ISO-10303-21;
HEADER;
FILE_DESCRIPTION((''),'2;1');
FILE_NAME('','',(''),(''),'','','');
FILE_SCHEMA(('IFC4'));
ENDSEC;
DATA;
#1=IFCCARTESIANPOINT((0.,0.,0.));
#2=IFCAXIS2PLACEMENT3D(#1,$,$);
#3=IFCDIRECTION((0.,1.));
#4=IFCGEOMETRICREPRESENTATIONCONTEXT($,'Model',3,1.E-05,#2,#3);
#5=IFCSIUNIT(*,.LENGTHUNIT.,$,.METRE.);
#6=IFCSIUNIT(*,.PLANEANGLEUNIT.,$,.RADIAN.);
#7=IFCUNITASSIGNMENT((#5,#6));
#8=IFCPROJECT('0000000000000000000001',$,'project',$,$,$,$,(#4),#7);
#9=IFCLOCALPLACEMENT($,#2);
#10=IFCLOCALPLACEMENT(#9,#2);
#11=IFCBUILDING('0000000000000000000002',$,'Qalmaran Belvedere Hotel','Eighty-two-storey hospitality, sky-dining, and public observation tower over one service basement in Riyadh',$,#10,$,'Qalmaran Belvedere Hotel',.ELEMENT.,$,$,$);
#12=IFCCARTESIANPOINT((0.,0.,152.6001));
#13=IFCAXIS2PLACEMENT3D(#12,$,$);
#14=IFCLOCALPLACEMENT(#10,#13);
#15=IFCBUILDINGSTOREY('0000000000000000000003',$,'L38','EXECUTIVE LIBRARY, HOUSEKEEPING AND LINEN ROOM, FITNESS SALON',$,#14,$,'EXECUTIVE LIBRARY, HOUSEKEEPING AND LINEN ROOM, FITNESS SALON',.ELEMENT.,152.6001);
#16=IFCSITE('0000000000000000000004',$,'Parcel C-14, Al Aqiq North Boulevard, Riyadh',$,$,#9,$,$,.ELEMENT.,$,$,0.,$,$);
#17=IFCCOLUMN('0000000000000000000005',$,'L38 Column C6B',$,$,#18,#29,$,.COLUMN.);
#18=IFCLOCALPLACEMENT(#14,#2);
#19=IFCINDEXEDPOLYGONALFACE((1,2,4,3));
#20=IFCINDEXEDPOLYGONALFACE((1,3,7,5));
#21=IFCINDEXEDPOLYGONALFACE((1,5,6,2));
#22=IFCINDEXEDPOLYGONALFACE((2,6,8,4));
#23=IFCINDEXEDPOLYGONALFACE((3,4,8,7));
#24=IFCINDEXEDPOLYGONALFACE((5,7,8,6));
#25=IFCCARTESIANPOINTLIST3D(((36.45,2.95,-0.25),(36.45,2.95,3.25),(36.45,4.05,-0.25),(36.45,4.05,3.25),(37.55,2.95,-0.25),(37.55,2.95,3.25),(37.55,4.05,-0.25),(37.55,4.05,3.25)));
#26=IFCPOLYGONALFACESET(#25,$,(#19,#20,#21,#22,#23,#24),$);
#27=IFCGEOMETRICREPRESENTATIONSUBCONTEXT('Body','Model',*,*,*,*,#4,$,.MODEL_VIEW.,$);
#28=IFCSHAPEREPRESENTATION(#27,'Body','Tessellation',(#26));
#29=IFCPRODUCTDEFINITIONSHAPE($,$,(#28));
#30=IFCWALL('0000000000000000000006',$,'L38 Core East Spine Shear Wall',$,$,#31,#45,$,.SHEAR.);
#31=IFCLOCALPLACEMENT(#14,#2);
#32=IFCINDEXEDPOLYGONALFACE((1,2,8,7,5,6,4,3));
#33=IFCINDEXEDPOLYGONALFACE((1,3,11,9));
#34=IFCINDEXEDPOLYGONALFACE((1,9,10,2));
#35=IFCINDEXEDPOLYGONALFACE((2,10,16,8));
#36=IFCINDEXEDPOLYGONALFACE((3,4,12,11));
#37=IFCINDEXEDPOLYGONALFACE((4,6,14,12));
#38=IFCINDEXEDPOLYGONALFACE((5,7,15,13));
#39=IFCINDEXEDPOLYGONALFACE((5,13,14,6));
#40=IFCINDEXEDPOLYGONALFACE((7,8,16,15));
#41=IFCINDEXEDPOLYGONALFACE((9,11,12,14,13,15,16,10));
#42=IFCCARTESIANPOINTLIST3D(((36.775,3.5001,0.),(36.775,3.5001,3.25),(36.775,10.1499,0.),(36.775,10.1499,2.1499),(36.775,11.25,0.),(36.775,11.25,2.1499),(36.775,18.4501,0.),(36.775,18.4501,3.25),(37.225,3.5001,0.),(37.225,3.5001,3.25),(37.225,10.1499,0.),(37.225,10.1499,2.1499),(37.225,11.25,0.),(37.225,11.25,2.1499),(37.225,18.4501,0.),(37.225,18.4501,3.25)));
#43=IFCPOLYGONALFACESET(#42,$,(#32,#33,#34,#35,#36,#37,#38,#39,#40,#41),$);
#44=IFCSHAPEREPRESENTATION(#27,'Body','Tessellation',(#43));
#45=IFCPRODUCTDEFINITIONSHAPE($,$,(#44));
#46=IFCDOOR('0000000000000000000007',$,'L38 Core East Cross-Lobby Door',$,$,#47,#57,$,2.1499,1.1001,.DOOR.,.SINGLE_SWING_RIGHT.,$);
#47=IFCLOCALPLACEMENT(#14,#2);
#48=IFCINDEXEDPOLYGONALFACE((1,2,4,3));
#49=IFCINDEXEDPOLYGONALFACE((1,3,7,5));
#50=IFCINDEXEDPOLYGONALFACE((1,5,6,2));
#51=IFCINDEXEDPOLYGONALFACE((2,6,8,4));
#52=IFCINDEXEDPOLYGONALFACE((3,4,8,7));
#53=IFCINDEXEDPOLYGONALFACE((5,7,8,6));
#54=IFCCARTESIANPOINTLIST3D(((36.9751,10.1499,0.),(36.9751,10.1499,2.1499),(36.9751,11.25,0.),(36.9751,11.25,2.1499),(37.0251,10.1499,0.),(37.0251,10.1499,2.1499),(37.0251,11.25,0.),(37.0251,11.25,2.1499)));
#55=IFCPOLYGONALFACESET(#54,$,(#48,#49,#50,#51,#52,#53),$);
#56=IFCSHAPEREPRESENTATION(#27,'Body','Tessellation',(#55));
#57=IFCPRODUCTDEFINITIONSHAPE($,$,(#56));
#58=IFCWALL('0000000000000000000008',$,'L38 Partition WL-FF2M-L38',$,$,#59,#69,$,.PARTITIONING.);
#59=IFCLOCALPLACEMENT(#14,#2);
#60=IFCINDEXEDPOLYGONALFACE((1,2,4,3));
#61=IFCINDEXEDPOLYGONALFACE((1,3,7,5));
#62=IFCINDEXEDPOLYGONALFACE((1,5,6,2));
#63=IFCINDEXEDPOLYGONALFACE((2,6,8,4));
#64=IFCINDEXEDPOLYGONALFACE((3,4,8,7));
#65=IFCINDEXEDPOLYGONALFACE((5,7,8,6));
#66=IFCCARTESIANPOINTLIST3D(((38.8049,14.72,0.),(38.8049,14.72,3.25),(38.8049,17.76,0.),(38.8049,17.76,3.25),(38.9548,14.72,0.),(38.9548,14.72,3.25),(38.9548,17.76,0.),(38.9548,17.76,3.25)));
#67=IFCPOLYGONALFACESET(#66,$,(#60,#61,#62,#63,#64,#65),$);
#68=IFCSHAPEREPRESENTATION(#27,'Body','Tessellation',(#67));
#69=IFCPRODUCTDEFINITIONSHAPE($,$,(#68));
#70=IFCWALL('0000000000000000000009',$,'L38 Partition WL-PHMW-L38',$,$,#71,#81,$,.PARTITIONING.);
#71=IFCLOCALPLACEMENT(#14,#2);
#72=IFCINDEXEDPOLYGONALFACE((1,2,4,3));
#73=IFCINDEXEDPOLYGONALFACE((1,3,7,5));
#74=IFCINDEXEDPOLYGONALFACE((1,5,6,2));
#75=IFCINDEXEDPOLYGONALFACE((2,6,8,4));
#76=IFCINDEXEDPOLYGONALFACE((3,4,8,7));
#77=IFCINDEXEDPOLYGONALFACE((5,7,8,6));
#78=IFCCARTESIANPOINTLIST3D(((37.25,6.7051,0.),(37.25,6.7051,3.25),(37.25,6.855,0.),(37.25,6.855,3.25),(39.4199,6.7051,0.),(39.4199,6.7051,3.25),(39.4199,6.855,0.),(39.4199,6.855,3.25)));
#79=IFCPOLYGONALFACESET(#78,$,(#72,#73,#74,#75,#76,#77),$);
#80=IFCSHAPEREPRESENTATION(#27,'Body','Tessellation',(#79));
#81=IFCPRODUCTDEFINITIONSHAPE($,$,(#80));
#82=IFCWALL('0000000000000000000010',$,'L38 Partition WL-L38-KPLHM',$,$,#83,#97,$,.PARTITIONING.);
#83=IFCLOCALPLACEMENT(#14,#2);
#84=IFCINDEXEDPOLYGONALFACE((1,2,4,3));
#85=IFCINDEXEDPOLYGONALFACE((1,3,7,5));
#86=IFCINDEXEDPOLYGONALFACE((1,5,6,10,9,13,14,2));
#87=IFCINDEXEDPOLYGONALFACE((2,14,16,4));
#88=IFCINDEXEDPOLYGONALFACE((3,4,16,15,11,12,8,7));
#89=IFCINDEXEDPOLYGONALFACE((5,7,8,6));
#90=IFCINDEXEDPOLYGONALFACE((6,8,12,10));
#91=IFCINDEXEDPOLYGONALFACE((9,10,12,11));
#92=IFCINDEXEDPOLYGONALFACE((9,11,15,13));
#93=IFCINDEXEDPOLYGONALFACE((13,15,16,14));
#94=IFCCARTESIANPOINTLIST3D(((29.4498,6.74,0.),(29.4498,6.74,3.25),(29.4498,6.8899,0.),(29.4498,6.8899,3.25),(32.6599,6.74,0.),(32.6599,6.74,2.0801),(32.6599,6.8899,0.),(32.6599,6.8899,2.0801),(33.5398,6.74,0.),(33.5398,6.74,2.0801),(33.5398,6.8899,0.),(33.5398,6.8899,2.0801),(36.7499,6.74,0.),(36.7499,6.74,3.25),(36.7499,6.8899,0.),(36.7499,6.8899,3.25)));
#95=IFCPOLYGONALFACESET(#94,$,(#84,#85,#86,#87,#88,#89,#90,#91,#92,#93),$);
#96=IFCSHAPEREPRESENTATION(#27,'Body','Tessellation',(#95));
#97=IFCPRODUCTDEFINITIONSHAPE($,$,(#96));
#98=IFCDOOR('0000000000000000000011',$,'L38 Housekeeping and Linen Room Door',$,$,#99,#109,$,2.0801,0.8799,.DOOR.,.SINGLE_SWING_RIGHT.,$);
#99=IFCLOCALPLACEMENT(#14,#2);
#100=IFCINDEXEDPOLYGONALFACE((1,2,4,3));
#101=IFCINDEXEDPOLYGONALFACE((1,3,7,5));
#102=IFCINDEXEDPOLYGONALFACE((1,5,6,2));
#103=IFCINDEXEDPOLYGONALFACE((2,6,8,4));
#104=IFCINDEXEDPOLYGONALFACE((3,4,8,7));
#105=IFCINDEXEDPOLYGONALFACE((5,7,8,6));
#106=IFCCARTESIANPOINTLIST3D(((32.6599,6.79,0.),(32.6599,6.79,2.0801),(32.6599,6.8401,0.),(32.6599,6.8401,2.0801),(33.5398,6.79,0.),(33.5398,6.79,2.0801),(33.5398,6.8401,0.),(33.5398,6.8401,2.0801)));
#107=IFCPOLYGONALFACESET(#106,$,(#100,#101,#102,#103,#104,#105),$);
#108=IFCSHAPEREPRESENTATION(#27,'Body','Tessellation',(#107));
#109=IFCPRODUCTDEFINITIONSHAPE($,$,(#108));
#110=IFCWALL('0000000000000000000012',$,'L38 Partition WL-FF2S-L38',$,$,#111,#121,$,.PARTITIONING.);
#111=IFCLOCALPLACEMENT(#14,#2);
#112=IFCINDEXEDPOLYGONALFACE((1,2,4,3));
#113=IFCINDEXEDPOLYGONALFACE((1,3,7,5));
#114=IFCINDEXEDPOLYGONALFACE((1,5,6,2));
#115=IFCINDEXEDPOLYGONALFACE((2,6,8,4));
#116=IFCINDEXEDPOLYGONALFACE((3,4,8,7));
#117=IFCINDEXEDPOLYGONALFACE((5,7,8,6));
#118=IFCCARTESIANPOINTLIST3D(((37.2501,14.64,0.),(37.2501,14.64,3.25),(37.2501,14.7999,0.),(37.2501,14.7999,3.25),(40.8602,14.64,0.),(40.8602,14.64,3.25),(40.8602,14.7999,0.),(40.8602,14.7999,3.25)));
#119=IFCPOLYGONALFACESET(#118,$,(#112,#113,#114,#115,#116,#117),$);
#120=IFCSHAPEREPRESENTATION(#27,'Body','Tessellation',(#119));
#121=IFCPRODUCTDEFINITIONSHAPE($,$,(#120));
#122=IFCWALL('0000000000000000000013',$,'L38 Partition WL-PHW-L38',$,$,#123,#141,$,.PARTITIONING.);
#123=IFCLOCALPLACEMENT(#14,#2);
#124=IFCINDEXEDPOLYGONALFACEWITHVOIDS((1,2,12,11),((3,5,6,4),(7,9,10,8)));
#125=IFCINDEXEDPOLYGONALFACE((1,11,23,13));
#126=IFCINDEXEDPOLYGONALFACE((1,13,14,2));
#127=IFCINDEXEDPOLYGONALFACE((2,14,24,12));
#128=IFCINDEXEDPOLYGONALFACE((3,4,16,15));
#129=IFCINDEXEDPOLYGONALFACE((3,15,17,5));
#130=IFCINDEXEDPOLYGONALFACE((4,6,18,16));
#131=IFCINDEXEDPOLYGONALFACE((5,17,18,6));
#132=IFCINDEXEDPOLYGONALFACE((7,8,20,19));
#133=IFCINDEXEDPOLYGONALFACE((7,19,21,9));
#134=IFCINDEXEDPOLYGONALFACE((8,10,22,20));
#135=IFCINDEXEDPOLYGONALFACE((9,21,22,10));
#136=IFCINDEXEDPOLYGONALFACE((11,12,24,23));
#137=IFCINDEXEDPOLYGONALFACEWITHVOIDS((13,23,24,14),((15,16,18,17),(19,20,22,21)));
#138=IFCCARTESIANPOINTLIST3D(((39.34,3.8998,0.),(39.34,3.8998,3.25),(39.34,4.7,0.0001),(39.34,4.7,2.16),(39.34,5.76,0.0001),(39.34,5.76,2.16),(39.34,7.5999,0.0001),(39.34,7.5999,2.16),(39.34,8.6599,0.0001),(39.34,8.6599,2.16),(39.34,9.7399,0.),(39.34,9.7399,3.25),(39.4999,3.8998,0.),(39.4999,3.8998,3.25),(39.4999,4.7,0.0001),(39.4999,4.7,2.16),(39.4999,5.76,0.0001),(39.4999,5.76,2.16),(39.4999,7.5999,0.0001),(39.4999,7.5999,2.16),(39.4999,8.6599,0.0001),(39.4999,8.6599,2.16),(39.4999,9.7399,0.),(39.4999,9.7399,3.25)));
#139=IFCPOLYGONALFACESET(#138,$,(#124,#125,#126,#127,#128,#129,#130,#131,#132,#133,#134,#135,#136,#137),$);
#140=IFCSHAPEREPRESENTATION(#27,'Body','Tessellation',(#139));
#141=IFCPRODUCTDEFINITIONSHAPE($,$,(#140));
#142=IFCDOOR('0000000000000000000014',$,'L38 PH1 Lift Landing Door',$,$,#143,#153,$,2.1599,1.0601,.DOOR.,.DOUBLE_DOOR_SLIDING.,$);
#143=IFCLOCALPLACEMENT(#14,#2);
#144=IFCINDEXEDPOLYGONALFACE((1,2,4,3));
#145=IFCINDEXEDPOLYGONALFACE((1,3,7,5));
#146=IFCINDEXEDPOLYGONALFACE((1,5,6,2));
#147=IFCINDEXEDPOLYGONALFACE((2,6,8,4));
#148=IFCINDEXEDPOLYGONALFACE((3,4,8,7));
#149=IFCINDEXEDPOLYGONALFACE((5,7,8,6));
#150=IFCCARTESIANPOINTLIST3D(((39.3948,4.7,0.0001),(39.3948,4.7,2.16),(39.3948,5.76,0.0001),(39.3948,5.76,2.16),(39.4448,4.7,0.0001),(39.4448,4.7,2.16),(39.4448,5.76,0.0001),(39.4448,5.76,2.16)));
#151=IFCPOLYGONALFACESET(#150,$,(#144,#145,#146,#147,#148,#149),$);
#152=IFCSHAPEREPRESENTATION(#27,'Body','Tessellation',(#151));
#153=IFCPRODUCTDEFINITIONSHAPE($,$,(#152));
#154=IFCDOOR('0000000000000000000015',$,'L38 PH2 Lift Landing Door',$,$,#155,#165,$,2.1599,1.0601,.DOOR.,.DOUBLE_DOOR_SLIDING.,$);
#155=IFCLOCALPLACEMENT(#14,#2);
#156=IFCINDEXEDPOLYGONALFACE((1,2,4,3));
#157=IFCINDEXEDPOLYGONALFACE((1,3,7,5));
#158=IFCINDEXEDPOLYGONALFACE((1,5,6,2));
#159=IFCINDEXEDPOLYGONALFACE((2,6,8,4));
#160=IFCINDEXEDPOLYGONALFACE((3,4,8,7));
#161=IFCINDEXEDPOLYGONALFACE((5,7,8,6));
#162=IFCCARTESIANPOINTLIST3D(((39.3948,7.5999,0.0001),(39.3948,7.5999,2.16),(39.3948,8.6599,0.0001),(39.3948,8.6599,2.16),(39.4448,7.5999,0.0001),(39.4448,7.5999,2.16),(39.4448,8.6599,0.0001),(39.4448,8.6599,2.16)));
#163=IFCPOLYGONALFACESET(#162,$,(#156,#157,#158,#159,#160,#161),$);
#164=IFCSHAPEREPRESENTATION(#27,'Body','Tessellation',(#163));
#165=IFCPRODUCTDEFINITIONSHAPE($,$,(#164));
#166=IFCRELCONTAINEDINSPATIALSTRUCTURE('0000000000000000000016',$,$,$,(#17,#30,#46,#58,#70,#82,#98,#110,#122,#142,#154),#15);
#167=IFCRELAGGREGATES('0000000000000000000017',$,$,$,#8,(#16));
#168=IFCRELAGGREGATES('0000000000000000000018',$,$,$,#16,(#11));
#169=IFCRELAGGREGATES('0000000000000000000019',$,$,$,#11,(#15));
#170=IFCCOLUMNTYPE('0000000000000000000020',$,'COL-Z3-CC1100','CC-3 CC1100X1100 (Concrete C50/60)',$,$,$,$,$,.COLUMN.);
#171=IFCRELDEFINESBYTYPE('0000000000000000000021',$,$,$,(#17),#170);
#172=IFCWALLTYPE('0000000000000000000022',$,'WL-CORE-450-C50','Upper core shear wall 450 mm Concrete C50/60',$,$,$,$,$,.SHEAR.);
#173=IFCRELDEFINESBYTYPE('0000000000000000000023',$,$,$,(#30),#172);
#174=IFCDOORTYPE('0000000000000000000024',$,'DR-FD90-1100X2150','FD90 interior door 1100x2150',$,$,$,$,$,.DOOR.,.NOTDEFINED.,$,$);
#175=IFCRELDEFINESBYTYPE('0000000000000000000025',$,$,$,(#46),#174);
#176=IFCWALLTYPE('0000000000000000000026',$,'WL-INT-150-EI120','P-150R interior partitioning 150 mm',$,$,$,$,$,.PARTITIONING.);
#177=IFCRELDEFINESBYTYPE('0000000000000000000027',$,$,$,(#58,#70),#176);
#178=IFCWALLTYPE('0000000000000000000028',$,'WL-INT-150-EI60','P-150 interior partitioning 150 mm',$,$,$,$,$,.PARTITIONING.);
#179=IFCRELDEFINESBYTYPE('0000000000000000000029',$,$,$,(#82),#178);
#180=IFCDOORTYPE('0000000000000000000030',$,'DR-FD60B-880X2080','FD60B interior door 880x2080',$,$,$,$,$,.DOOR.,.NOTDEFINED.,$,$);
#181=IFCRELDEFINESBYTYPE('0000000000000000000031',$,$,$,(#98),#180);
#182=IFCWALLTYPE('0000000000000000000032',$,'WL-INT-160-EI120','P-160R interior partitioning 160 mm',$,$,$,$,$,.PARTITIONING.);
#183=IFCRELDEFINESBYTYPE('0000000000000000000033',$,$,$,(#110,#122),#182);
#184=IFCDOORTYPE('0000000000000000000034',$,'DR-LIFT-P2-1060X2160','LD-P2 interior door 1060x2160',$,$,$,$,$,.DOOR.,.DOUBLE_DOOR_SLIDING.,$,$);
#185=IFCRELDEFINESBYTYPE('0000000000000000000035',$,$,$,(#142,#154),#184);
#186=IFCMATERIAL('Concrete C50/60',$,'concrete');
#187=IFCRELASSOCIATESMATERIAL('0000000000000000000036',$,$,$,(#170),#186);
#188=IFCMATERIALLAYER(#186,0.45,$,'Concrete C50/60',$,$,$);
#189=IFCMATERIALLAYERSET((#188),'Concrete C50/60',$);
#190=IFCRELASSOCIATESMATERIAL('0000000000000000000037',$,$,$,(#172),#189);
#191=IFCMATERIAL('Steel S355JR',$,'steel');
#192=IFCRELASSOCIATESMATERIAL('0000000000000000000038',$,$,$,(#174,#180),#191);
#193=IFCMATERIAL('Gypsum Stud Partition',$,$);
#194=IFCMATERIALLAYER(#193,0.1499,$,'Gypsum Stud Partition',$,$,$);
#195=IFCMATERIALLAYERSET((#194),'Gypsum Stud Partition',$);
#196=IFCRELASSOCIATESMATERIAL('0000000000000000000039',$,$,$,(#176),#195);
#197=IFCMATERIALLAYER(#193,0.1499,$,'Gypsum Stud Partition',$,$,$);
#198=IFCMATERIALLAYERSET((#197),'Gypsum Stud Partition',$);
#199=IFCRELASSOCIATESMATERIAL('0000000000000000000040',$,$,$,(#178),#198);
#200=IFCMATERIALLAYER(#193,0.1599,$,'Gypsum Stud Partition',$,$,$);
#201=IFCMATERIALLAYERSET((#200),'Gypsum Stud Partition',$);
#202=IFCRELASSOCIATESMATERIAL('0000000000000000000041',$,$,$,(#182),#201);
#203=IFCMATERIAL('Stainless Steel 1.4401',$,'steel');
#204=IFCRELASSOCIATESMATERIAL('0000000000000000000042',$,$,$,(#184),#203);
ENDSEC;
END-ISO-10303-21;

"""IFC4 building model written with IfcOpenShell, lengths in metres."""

from ifc_helpers import new_model, si_unit, direction, frame, frame_2d, origin, origin_2d, place, context, subcontext, project, spatial, rectangle, extrude, material, layer, layer_set, material_profile, profile_set, type_object, element, fill, save


model = new_model("IFC4")

# Units and contexts
model_context = context("Model", 3, precision=1e-05, world=origin(), true_north=direction((0.0, 1.0)))
body_context = subcontext(model_context, "Body", "Model", "MODEL_VIEW")
ifc_project = project(units=[si_unit("LENGTHUNIT", "METRE"), si_unit("PLANEANGLEUNIT", "RADIAN")], contexts=[model_context])

# Site, building, storey
site_placement = place(None, origin())
site = spatial("IfcSite", under=ifc_project, at=site_placement, Name="Parcel C-14, Al Aqiq North Boulevard, Riyadh", CompositionType="ELEMENT", RefElevation=0.0)
building_placement = place(site_placement, origin())
building = spatial("IfcBuilding", under=site, at=building_placement, Name="Qalmaran Belvedere Hotel", Description="Eighty-two-storey hospitality, sky-dining, and public observation tower over one service basement in Riyadh", LongName="Qalmaran Belvedere Hotel", CompositionType="ELEMENT")
storey_placement = place(building_placement, frame((0.0, 0.0, 152.6001)))
storey = spatial("IfcBuildingStorey", under=building, at=storey_placement, Name="L38", Description="EXECUTIVE LIBRARY, HOUSEKEEPING AND LINEN ROOM, FITNESS SALON", LongName="EXECUTIVE LIBRARY, HOUSEKEEPING AND LINEN ROOM, FITNESS SALON", CompositionType="ELEMENT", Elevation=152.6001)

# Column
ifc_material_1 = material(Name="Concrete C50/60", Category="concrete")
ifc_material_profile = material_profile(ifc_material_1, rectangle(XDim=1.1001, YDim=1.1001, at=origin_2d()), Name="CC1100X1100")
ifc_profile_set = profile_set([ifc_material_profile], Name="Concrete C50/60")
column_type = type_object("IfcColumnType", Name="COL-Z3-CC1100", Description="CC-3 CC1100X1100 (Concrete C50/60)", PredefinedType="COLUMN", material=ifc_profile_set)
column_placement = place(storey_placement, frame((37.0, 3.5, -0.25), z_axis=(0.0, 0.0, 1.0), x_axis=(1.0, 0.0, 0.0)))
element("IfcColumn", 1, at=column_placement, inside=storey, type_object=column_type, Name="L38 Column C6B", PredefinedType="COLUMN", context=body_context, shape_type="SweptSolid", body=[
    extrude(rectangle(XDim=1.1001, YDim=1.1001, at=origin_2d()), origin(), (0.0, 0.0, 1.0), 3.5),
])

# Wall, opening, door
ifc_layer_1 = layer(ifc_material_1, 0.45, Name="Concrete C50/60")
ifc_layer_set_1 = layer_set([ifc_layer_1], Name="Concrete C50/60")
wall_type_1 = type_object("IfcWallType", Name="WL-CORE-450-C50", Description="Upper core shear wall 450 mm Concrete C50/60", PredefinedType="SHEAR", material=ifc_layer_set_1)
wall_1_placement = place(storey_placement, frame((37.0, 3.5, 0.0), z_axis=(0.0, 0.0, 1.0), x_axis=(0.0, 1.0, 0.0)))
wall_1 = element("IfcWall", 2, at=wall_1_placement, inside=storey, type_object=wall_type_1, Name="L38 Core East Spine Shear Wall", PredefinedType="SHEAR", context=body_context, shape_type="SweptSolid", body=[
    extrude(rectangle(XDim=14.95, YDim=0.45, at=frame_2d((7.4751, 0.0))), origin(), (0.0, 0.0, 1.0), 3.25),
])
opening_1_placement = place(wall_1_placement, frame((6.6499, 0.0, 0.0)))
opening_1 = element("IfcOpeningElement", 3, at=opening_1_placement, cuts=wall_1, PredefinedType="OPENING", context=body_context, shape_type="SweptSolid", body=[
    extrude(rectangle(XDim=1.1001, YDim=2.1499, at=frame_2d((0.55, 1.075))), frame((0.0, 0.2349, 0.0), z_axis=(0.0, -1.0, 0.0), x_axis=(1.0, 0.0, 0.0)), (0.0, 0.0, 1.0), 0.47),
])
ifc_material_2 = material(Name="Steel S355JR", Category="steel")
door_type_1 = type_object("IfcDoorType", Name="DR-FD90-1100X2150", Description="FD90 interior door 1100x2150", OperationType="NOTDEFINED", PredefinedType="DOOR", material=ifc_material_2)
door_1_placement = place(opening_1_placement, origin())
door_1 = element("IfcDoor", 4, at=door_1_placement, inside=storey, type_object=door_type_1, Name="L38 Core East Cross-Lobby Door", OperationType="SINGLE_SWING_RIGHT", OverallHeight=2.1499, OverallWidth=1.1001, PredefinedType="DOOR", context=body_context, shape_type="SweptSolid", body=[
    extrude(rectangle(XDim=1.1001, YDim=2.1499, at=frame_2d((0.55, 1.075))), frame((0.0, 0.0249, 0.0), z_axis=(0.0, -1.0, 0.0), x_axis=(1.0, 0.0, 0.0)), (0.0, 0.0, 1.0), 0.05),
])
fill(opening_1, door_1)

# Walls
ifc_material_3 = material(Name="Gypsum Stud Partition")
ifc_layer_2 = layer(ifc_material_3, 0.1499, Name="Gypsum Stud Partition")
ifc_layer_set_2 = layer_set([ifc_layer_2], Name="Gypsum Stud Partition")
wall_type_2 = type_object("IfcWallType", Name="WL-INT-150-EI120", Description="P-150R interior partitioning 150 mm", PredefinedType="PARTITIONING", material=ifc_layer_set_2)
wall_2_placement = place(storey_placement, frame((38.8799, 14.72, 0.0), z_axis=(0.0, 0.0, 1.0), x_axis=(0.0, 1.0, 0.0)))
element("IfcWall", 5, at=wall_2_placement, inside=storey, type_object=wall_type_2, Name="L38 Partition WL-FF2M-L38", PredefinedType="PARTITIONING", context=body_context, shape_type="SweptSolid", body=[
    extrude(rectangle(XDim=3.04, YDim=0.1499, at=frame_2d((1.52, 0.0))), origin(), (0.0, 0.0, 1.0), 3.25),
])
wall_3_placement = place(storey_placement, frame((37.25, 6.78, 0.0), z_axis=(0.0, 0.0, 1.0), x_axis=(1.0, 0.0, 0.0)))
element("IfcWall", 6, at=wall_3_placement, inside=storey, type_object=wall_type_2, Name="L38 Partition WL-PHMW-L38", PredefinedType="PARTITIONING", context=body_context, shape_type="SweptSolid", body=[
    extrude(rectangle(XDim=2.1699, YDim=0.1499, at=frame_2d((1.085, 0.0))), origin(), (0.0, 0.0, 1.0), 3.25),
])
ifc_layer_3 = layer(ifc_material_3, 0.1499, Name="Gypsum Stud Partition")
ifc_layer_set_3 = layer_set([ifc_layer_3], Name="Gypsum Stud Partition")
wall_type_3 = type_object("IfcWallType", Name="WL-INT-150-EI60", Description="P-150 interior partitioning 150 mm", PredefinedType="PARTITIONING", material=ifc_layer_set_3)

# Wall, opening, door
wall_4_placement = place(storey_placement, frame((29.45, 6.8149, 0.0), z_axis=(0.0, 0.0, 1.0), x_axis=(1.0, 0.0, 0.0)))
wall_4 = element("IfcWall", 7, at=wall_4_placement, inside=storey, type_object=wall_type_3, Name="L38 Partition WL-L38-KPLHM", PredefinedType="PARTITIONING", context=body_context, shape_type="SweptSolid", body=[
    extrude(rectangle(XDim=7.3, YDim=0.1499, at=frame_2d((3.6499, 0.0))), origin(), (0.0, 0.0, 1.0), 3.25),
])
opening_2_placement = place(wall_4_placement, frame((4.0898, 0.0, 0.0), z_axis=(0.0, 0.0, 1.0), x_axis=(-1.0, 0.0, 0.0)))
opening_2 = element("IfcOpeningElement", 8, at=opening_2_placement, cuts=wall_4, PredefinedType="OPENING", context=body_context, shape_type="SweptSolid", body=[
    extrude(rectangle(XDim=0.8799, YDim=2.0801, at=frame_2d((0.4399, 1.04))), frame((0.0, 0.085, 0.0), z_axis=(0.0, -1.0, 0.0), x_axis=(1.0, 0.0, 0.0)), (0.0, 0.0, 1.0), 0.1699),
])
door_type_2 = type_object("IfcDoorType", Name="DR-FD60B-880X2080", Description="FD60B interior door 880x2080", OperationType="NOTDEFINED", PredefinedType="DOOR", material=ifc_material_2)
door_2_placement = place(opening_2_placement, origin())
door_2 = element("IfcDoor", 9, at=door_2_placement, inside=storey, type_object=door_type_2, Name="L38 Housekeeping and Linen Room Door", OperationType="SINGLE_SWING_RIGHT", OverallHeight=2.0801, OverallWidth=0.8799, PredefinedType="DOOR", context=body_context, shape_type="SweptSolid", body=[
    extrude(rectangle(XDim=0.8799, YDim=2.0801, at=frame_2d((0.4399, 1.04))), frame((0.0, 0.0249, 0.0), z_axis=(0.0, -1.0, 0.0), x_axis=(1.0, 0.0, 0.0)), (0.0, 0.0, 1.0), 0.05),
])
fill(opening_2, door_2)

# Wall
ifc_layer_4 = layer(ifc_material_3, 0.1599, Name="Gypsum Stud Partition")
ifc_layer_set_4 = layer_set([ifc_layer_4], Name="Gypsum Stud Partition")
wall_type_4 = type_object("IfcWallType", Name="WL-INT-160-EI120", Description="P-160R interior partitioning 160 mm", PredefinedType="PARTITIONING", material=ifc_layer_set_4)
wall_5_placement = place(storey_placement, frame((37.25, 14.72, 0.0), z_axis=(0.0, 0.0, 1.0), x_axis=(1.0, 0.0, 0.0)))
element("IfcWall", 10, at=wall_5_placement, inside=storey, type_object=wall_type_4, Name="L38 Partition WL-FF2S-L38", PredefinedType="PARTITIONING", context=body_context, shape_type="SweptSolid", body=[
    extrude(rectangle(XDim=3.6101, YDim=0.1599, at=frame_2d((1.8052, 0.0))), origin(), (0.0, 0.0, 1.0), 3.25),
])

# Wall, openings, doors
wall_6_placement = place(storey_placement, frame((39.4199, 3.8999, 0.0), z_axis=(0.0, 0.0, 1.0), x_axis=(0.0, 1.0, 0.0)))
wall_6 = element("IfcWall", 11, at=wall_6_placement, inside=storey, type_object=wall_type_4, Name="L38 Partition WL-PHW-L38", PredefinedType="PARTITIONING", context=body_context, shape_type="SweptSolid", body=[
    extrude(rectangle(XDim=5.8401, YDim=0.1599, at=frame_2d((2.9199, 0.0))), origin(), (0.0, 0.0, 1.0), 3.25),
])
opening_3_placement = place(wall_6_placement, frame((1.8601, 0.0, 0.0), z_axis=(0.0, 0.0, 1.0), x_axis=(-1.0, 0.0, 0.0)))
opening_3 = element("IfcOpeningElement", 12, at=opening_3_placement, cuts=wall_6, PredefinedType="OPENING", context=body_context, shape_type="SweptSolid", body=[
    extrude(rectangle(XDim=1.0601, YDim=2.1599, at=frame_2d((0.53, 1.0801))), frame((0.0, 0.0898, 0.0), z_axis=(0.0, -1.0, 0.0), x_axis=(1.0, 0.0, 0.0)), (0.0, 0.0, 1.0), 0.1799),
])
opening_4_placement = place(wall_6_placement, frame((4.76, 0.0, 0.0), z_axis=(0.0, 0.0, 1.0), x_axis=(-1.0, 0.0, 0.0)))
opening_4 = element("IfcOpeningElement", 13, at=opening_4_placement, cuts=wall_6, PredefinedType="OPENING", context=body_context, shape_type="SweptSolid", body=[
    extrude(rectangle(XDim=1.0601, YDim=2.1599, at=frame_2d((0.53, 1.0801))), frame((0.0, 0.0898, 0.0), z_axis=(0.0, -1.0, 0.0), x_axis=(1.0, 0.0, 0.0)), (0.0, 0.0, 1.0), 0.1799),
])
ifc_material_4 = material(Name="Stainless Steel 1.4401", Category="steel")
door_type_3 = type_object("IfcDoorType", Name="DR-LIFT-P2-1060X2160", Description="LD-P2 interior door 1060x2160", OperationType="DOUBLE_DOOR_SLIDING", PredefinedType="DOOR", material=ifc_material_4)
door_3_placement = place(opening_3_placement, origin())
door_3 = element("IfcDoor", 14, at=door_3_placement, inside=storey, type_object=door_type_3, Name="L38 PH1 Lift Landing Door", OperationType="DOUBLE_DOOR_SLIDING", OverallHeight=2.1599, OverallWidth=1.0601, PredefinedType="DOOR", context=body_context, shape_type="SweptSolid", body=[
    extrude(rectangle(XDim=1.0601, YDim=2.1599, at=frame_2d((0.53, 1.0801))), frame((0.0, 0.0249, 0.0), z_axis=(0.0, -1.0, 0.0), x_axis=(1.0, 0.0, 0.0)), (0.0, 0.0, 1.0), 0.05),
])
fill(opening_3, door_3)
door_4_placement = place(opening_4_placement, origin())
door_4 = element("IfcDoor", 15, at=door_4_placement, inside=storey, type_object=door_type_3, Name="L38 PH2 Lift Landing Door", OperationType="DOUBLE_DOOR_SLIDING", OverallHeight=2.1599, OverallWidth=1.0601, PredefinedType="DOOR", context=body_context, shape_type="SweptSolid", body=[
    extrude(rectangle(XDim=1.0601, YDim=2.1599, at=frame_2d((0.53, 1.0801))), frame((0.0, 0.0249, 0.0), z_axis=(0.0, -1.0, 0.0), x_axis=(1.0, 0.0, 0.0)), (0.0, 0.0, 1.0), 0.05),
])
fill(opening_4, door_4)

save(model, "model.ifc")
